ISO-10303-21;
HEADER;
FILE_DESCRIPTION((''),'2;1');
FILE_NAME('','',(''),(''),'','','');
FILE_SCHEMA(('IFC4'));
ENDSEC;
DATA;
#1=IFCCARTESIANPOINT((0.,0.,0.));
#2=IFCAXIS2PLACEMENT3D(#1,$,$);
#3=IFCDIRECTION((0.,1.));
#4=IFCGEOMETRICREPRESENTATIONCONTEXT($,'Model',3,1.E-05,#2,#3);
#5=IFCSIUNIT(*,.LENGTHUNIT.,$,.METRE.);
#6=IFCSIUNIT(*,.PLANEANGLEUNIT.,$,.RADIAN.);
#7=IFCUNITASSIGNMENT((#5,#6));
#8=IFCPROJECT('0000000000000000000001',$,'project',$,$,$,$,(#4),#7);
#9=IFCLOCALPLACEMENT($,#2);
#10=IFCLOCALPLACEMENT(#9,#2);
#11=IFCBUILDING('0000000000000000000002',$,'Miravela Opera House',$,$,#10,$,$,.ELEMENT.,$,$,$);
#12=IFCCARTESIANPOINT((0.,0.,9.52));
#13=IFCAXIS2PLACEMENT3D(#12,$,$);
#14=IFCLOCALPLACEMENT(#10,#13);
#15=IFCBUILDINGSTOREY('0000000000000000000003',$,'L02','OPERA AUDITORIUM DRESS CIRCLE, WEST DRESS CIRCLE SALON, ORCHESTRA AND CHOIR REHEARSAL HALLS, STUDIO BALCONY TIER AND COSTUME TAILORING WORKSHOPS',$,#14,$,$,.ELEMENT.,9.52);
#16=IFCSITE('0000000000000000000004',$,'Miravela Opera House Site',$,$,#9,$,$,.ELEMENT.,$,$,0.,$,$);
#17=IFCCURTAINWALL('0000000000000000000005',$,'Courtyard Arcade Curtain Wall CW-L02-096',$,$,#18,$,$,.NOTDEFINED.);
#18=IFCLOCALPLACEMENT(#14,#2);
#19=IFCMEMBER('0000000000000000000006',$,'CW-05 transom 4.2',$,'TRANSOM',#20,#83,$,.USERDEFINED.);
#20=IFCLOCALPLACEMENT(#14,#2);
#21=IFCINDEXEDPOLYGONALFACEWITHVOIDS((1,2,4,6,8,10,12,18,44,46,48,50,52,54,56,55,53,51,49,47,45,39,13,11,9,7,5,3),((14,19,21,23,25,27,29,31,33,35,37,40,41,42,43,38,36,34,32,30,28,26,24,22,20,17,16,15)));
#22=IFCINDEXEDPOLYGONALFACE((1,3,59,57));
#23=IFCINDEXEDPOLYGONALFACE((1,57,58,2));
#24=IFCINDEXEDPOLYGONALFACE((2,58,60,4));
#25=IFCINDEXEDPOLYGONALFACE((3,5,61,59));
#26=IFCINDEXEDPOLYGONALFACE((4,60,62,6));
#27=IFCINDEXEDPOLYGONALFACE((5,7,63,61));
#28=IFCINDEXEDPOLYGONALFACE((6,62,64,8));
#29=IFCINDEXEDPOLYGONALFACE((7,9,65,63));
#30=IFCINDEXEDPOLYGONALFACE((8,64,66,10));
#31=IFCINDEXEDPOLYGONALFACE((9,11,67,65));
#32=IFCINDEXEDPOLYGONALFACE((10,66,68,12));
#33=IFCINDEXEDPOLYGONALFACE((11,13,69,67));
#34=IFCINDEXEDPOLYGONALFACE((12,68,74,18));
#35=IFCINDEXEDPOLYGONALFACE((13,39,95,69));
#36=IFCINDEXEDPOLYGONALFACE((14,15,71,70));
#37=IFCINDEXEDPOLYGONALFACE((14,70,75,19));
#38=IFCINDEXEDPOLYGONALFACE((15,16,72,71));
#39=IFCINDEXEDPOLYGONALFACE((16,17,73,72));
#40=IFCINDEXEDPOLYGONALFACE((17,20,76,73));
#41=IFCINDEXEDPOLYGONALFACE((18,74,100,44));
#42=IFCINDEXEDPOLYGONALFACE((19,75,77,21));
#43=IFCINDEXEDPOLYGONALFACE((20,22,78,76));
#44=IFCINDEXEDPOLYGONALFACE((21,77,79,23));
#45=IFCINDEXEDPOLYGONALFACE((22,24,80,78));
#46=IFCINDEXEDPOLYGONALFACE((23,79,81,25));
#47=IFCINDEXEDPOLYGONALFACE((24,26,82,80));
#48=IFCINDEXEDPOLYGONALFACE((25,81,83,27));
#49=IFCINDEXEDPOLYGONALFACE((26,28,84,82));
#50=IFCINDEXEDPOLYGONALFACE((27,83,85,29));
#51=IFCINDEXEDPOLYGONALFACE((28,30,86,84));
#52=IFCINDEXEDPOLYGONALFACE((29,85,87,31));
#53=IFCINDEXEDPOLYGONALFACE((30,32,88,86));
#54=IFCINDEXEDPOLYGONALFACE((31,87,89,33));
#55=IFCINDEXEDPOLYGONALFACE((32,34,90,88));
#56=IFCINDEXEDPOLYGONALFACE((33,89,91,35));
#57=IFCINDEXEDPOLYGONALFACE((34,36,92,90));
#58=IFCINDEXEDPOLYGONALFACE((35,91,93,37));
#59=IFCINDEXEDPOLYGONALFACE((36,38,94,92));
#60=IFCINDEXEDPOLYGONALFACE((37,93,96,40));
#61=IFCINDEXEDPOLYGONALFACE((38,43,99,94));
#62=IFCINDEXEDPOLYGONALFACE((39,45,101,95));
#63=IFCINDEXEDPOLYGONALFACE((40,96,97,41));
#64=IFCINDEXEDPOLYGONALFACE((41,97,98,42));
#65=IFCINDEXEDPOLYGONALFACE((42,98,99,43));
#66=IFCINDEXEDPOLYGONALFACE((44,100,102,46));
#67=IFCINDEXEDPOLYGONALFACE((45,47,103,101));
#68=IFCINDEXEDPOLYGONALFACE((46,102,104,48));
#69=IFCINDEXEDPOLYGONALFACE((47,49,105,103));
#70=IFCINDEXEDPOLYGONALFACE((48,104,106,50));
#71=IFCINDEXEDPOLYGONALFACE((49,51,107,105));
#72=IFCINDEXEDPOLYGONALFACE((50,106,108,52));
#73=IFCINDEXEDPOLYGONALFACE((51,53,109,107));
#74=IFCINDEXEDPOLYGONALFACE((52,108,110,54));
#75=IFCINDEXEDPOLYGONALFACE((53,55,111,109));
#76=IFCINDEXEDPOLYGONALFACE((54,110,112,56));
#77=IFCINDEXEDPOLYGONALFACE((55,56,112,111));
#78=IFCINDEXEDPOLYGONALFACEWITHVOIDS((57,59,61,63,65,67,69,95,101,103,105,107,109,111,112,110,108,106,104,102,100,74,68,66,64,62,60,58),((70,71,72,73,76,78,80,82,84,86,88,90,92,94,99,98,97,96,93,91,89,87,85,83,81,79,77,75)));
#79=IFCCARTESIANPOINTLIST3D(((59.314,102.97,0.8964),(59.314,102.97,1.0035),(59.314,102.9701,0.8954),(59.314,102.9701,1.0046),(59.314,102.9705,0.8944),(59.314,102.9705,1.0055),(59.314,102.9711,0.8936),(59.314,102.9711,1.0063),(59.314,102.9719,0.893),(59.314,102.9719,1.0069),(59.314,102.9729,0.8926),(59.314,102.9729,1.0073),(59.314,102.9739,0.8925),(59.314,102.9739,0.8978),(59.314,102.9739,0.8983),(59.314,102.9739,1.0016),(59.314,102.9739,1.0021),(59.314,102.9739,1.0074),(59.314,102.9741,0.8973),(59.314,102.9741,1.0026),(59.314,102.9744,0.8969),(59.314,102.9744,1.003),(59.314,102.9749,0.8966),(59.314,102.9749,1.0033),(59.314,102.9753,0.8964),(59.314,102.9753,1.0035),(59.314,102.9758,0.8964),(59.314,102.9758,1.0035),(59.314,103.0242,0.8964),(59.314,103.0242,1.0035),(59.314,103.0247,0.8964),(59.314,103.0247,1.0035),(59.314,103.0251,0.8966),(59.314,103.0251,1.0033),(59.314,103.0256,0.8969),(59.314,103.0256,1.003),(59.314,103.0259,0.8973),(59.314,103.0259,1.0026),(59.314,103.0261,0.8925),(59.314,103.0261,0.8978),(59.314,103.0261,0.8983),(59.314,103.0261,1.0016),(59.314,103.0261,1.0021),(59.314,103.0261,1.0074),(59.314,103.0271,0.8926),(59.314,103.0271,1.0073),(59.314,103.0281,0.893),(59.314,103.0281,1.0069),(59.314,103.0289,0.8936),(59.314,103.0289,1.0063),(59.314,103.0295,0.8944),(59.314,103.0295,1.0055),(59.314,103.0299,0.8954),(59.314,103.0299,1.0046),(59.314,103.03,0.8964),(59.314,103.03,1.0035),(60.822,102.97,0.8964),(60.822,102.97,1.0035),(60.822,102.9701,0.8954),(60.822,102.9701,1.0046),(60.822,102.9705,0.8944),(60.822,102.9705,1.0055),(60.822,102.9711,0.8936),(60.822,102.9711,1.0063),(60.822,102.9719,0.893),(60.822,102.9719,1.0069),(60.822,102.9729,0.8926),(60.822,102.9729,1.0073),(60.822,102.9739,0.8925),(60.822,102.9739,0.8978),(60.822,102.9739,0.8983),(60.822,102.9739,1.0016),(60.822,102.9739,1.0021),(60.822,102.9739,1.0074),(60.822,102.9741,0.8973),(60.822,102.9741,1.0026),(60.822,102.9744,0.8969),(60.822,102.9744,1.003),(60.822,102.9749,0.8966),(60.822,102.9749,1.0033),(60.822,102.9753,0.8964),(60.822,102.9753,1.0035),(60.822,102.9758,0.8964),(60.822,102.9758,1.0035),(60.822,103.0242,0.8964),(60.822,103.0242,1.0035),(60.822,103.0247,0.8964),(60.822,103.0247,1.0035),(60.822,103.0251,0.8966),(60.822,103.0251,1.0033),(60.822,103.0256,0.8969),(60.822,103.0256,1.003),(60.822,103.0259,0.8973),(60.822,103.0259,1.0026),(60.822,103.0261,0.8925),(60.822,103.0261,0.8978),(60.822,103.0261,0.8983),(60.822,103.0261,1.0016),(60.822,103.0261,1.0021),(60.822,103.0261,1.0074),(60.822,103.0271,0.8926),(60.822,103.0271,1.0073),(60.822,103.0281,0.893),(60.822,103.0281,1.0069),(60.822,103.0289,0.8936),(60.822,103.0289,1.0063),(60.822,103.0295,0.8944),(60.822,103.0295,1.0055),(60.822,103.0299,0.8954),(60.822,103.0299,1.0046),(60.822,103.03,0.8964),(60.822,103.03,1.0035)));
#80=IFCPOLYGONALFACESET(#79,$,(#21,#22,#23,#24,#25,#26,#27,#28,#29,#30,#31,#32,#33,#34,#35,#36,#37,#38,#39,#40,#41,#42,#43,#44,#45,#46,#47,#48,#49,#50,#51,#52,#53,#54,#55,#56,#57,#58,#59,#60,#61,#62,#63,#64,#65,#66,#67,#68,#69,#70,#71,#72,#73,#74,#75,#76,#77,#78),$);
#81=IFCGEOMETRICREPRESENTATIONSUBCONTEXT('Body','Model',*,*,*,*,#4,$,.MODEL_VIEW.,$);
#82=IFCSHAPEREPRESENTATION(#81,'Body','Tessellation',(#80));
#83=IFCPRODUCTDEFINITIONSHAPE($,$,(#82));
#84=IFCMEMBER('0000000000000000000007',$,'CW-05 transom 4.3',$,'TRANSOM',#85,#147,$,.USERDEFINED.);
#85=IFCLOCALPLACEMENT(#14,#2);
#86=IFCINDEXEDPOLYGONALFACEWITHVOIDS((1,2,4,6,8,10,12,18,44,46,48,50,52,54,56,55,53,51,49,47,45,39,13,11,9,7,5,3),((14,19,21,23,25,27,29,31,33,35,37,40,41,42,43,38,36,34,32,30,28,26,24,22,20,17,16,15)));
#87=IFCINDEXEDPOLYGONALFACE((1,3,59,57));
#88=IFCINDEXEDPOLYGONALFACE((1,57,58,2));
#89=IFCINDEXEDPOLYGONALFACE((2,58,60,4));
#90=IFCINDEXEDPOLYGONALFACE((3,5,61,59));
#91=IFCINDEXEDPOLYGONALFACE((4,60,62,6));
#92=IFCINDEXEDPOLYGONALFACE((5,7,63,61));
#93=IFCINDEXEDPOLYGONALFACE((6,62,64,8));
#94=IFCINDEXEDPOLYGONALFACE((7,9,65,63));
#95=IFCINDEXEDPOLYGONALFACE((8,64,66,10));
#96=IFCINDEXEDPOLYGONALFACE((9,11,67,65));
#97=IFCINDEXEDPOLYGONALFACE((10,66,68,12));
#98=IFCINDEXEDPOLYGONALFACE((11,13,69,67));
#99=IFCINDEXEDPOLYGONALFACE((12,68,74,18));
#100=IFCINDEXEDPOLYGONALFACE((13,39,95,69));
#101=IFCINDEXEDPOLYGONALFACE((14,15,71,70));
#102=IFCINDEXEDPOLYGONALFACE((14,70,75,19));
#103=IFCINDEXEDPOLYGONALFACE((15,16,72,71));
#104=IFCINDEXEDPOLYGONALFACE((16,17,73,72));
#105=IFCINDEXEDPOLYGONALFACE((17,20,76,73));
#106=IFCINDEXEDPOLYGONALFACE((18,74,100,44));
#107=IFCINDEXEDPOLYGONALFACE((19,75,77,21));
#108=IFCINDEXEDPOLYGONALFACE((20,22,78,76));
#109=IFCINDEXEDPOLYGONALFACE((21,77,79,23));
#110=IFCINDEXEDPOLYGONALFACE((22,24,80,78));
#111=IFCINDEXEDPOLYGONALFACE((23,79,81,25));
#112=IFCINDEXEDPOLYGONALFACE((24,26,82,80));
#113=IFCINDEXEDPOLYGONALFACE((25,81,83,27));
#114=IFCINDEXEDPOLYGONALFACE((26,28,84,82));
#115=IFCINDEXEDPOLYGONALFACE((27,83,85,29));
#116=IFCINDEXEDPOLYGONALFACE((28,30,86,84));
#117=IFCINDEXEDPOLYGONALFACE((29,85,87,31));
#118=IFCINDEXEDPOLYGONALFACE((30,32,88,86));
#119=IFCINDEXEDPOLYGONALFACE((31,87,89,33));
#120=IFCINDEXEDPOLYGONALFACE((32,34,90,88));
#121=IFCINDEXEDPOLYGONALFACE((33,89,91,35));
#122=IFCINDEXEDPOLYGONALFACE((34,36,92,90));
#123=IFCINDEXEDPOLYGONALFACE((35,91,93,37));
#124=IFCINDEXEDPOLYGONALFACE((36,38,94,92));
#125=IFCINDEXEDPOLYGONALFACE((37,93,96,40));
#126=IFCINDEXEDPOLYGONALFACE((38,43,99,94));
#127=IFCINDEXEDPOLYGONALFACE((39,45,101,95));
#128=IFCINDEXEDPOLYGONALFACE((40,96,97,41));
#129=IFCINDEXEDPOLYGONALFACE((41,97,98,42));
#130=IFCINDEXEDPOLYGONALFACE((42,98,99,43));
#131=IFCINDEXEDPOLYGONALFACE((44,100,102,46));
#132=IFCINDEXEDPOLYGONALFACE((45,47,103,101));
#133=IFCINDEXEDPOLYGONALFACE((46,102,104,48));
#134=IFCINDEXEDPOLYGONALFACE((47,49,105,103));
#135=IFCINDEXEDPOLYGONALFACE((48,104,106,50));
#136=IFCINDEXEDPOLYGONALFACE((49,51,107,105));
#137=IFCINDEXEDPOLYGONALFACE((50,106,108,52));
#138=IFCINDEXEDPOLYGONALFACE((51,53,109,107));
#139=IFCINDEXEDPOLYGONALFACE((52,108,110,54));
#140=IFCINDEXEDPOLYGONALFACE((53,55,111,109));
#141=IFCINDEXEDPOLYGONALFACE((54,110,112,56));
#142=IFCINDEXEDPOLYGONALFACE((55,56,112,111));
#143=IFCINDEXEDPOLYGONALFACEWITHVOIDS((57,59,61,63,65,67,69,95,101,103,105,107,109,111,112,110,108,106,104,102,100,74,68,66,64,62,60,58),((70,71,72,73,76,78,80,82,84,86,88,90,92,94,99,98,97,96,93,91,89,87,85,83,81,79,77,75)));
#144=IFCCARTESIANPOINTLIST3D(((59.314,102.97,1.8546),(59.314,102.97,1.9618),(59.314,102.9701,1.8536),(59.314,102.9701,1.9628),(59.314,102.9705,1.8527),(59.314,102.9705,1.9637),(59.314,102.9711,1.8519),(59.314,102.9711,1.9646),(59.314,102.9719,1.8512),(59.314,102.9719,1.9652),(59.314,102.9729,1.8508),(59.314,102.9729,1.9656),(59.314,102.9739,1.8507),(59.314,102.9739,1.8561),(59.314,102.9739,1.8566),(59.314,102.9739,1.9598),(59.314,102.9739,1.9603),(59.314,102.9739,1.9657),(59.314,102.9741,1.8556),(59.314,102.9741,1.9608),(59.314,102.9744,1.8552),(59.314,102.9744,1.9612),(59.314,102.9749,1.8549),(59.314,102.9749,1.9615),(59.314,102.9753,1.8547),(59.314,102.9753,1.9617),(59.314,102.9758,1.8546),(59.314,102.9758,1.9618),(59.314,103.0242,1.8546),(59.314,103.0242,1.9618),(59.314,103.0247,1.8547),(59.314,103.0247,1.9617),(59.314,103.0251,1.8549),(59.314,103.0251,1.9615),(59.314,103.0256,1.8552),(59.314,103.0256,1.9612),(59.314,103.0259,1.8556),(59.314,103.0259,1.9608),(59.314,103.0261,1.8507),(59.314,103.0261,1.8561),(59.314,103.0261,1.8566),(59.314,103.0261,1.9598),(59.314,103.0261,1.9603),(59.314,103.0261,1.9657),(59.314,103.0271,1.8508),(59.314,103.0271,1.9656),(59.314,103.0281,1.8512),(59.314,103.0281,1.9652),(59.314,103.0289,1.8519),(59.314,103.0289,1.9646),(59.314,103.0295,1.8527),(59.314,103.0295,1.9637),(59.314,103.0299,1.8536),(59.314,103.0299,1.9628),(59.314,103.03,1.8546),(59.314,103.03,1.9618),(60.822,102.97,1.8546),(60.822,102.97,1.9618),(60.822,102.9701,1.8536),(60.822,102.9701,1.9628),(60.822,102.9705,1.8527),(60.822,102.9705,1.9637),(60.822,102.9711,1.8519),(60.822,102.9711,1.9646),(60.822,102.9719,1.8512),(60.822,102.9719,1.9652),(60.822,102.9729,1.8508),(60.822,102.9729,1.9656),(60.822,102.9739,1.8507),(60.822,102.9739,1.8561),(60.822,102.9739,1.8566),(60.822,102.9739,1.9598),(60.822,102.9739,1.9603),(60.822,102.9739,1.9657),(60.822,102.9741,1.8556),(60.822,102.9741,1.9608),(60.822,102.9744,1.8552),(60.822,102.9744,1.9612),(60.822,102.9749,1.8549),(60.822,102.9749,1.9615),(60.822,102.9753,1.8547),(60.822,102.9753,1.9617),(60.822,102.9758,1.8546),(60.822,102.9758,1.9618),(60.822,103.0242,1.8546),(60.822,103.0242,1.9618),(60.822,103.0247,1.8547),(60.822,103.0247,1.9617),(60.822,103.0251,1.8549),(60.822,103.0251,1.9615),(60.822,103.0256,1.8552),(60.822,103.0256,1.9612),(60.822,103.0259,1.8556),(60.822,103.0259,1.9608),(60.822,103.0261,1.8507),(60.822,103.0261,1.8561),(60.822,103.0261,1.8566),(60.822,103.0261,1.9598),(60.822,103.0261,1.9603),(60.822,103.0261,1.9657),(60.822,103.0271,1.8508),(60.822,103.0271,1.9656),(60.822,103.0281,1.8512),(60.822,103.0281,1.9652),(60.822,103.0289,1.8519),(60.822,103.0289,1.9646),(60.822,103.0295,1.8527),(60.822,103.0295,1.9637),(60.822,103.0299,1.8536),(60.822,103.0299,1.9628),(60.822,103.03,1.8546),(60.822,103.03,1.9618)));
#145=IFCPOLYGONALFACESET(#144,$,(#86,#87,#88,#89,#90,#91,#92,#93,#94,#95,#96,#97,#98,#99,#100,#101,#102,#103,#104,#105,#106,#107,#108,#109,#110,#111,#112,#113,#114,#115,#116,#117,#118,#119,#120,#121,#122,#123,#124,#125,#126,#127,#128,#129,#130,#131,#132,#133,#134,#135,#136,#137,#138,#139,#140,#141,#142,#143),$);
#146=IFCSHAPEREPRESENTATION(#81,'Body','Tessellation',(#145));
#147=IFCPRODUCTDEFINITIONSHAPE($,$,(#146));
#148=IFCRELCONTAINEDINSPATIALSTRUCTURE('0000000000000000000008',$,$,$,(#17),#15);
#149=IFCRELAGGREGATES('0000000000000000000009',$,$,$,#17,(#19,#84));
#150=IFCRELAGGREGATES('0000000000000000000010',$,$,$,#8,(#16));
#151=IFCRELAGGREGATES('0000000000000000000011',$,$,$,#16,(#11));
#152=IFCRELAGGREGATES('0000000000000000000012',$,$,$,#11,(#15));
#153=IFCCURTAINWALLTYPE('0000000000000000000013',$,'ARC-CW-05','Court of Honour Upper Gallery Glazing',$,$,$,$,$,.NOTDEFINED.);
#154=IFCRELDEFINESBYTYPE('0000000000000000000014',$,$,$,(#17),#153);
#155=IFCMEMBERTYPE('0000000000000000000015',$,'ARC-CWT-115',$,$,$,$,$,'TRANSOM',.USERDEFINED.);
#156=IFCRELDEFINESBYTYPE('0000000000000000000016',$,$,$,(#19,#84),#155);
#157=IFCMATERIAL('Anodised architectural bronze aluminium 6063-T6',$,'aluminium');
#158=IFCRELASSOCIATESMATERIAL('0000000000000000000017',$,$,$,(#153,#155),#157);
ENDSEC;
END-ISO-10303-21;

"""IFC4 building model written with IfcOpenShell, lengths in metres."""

from ifc_helpers import new_model, si_unit, direction, frame, origin, origin_2d, place, context, subcontext, project, spatial, hollow_rectangle, extrude, material, material_profile, profile_set, type_object, element, aggregate, save


model = new_model("IFC4")

# Units and contexts
model_context = context("Model", 3, precision=1e-05, world=origin(), true_north=direction((0.0, 1.0)))
body_context = subcontext(model_context, "Body", "Model", "MODEL_VIEW")
ifc_project = project(units=[si_unit("LENGTHUNIT", "METRE"), si_unit("PLANEANGLEUNIT", "RADIAN")], contexts=[model_context])

# Site, building, storey
site_placement = place(None, origin())
site = spatial("IfcSite", under=ifc_project, at=site_placement, Name="Miravela Opera House Site", CompositionType="ELEMENT", RefElevation=0.0)
building_placement = place(site_placement, origin())
building = spatial("IfcBuilding", under=site, at=building_placement, Name="Miravela Opera House", CompositionType="ELEMENT")
storey_placement = place(building_placement, frame((0.0, 0.0, 9.52)))
storey = spatial("IfcBuildingStorey", under=building, at=storey_placement, Name="L02", Description="OPERA AUDITORIUM DRESS CIRCLE, WEST DRESS CIRCLE SALON, ORCHESTRA AND CHOIR REHEARSAL HALLS, STUDIO BALCONY TIER AND COSTUME TAILORING WORKSHOPS", CompositionType="ELEMENT", Elevation=9.52)

# Curtain wall, members
ifc_material_1 = material(Name="Anodised architectural bronze aluminium 6063-T6", Category="aluminium")
curtain_wall_type = type_object("IfcCurtainWallType", Name="ARC-CW-05", Description="Court of Honour Upper Gallery Glazing", PredefinedType="NOTDEFINED", material=ifc_material_1)
curtain_wall_placement = place(storey_placement, origin())
curtain_wall = element("IfcCurtainWall", 1, at=curtain_wall_placement, inside=storey, type_object=curtain_wall_type, Name="Courtyard Arcade Curtain Wall CW-L02-096", PredefinedType="NOTDEFINED")
ifc_material_profile_1 = material_profile(ifc_material_1, hollow_rectangle(XDim=0.0601, YDim=0.115, WallThickness=0.0039, InnerFilletRadius=0.002, OuterFilletRadius=0.0039, at=origin_2d()), Name="CWT-60X115")
ifc_profile_set_1 = profile_set([ifc_material_profile_1])
member_type_1 = type_object("IfcMemberType", Name="ARC-CWT-115", ElementType="TRANSOM", PredefinedType="USERDEFINED", material=ifc_profile_set_1)
member_1_placement = place(storey_placement, frame((59.314, 103.0, 0.95), z_axis=(1.0, 0.0, 0.0), x_axis=(0.0, 1.0, 0.0)))
member_1 = element("IfcMember", 2, at=member_1_placement, type_object=member_type_1, Name="CW-05 transom 4.2", ObjectType="TRANSOM", PredefinedType="USERDEFINED", context=body_context, shape_type="SweptSolid", body=[
    extrude(hollow_rectangle(XDim=0.0601, YDim=0.115, WallThickness=0.0039, InnerFilletRadius=0.002, OuterFilletRadius=0.0039, at=origin_2d()), origin(), (0.0, 0.0, 1.0), 1.5081),
])
member_2_placement = place(storey_placement, frame((59.314, 103.0, 1.9082), z_axis=(1.0, 0.0, 0.0), x_axis=(0.0, 1.0, 0.0)))
member_2 = element("IfcMember", 3, at=member_2_placement, type_object=member_type_1, Name="CW-05 transom 4.3", ObjectType="TRANSOM", PredefinedType="USERDEFINED", context=body_context, shape_type="SweptSolid", body=[
    extrude(hollow_rectangle(XDim=0.0601, YDim=0.115, WallThickness=0.0039, InnerFilletRadius=0.002, OuterFilletRadius=0.0039, at=origin_2d()), origin(), (0.0, 0.0, 1.0), 1.5081),
])
aggregate(curtain_wall, [member_1, member_2])

save(model, "model.ifc")
